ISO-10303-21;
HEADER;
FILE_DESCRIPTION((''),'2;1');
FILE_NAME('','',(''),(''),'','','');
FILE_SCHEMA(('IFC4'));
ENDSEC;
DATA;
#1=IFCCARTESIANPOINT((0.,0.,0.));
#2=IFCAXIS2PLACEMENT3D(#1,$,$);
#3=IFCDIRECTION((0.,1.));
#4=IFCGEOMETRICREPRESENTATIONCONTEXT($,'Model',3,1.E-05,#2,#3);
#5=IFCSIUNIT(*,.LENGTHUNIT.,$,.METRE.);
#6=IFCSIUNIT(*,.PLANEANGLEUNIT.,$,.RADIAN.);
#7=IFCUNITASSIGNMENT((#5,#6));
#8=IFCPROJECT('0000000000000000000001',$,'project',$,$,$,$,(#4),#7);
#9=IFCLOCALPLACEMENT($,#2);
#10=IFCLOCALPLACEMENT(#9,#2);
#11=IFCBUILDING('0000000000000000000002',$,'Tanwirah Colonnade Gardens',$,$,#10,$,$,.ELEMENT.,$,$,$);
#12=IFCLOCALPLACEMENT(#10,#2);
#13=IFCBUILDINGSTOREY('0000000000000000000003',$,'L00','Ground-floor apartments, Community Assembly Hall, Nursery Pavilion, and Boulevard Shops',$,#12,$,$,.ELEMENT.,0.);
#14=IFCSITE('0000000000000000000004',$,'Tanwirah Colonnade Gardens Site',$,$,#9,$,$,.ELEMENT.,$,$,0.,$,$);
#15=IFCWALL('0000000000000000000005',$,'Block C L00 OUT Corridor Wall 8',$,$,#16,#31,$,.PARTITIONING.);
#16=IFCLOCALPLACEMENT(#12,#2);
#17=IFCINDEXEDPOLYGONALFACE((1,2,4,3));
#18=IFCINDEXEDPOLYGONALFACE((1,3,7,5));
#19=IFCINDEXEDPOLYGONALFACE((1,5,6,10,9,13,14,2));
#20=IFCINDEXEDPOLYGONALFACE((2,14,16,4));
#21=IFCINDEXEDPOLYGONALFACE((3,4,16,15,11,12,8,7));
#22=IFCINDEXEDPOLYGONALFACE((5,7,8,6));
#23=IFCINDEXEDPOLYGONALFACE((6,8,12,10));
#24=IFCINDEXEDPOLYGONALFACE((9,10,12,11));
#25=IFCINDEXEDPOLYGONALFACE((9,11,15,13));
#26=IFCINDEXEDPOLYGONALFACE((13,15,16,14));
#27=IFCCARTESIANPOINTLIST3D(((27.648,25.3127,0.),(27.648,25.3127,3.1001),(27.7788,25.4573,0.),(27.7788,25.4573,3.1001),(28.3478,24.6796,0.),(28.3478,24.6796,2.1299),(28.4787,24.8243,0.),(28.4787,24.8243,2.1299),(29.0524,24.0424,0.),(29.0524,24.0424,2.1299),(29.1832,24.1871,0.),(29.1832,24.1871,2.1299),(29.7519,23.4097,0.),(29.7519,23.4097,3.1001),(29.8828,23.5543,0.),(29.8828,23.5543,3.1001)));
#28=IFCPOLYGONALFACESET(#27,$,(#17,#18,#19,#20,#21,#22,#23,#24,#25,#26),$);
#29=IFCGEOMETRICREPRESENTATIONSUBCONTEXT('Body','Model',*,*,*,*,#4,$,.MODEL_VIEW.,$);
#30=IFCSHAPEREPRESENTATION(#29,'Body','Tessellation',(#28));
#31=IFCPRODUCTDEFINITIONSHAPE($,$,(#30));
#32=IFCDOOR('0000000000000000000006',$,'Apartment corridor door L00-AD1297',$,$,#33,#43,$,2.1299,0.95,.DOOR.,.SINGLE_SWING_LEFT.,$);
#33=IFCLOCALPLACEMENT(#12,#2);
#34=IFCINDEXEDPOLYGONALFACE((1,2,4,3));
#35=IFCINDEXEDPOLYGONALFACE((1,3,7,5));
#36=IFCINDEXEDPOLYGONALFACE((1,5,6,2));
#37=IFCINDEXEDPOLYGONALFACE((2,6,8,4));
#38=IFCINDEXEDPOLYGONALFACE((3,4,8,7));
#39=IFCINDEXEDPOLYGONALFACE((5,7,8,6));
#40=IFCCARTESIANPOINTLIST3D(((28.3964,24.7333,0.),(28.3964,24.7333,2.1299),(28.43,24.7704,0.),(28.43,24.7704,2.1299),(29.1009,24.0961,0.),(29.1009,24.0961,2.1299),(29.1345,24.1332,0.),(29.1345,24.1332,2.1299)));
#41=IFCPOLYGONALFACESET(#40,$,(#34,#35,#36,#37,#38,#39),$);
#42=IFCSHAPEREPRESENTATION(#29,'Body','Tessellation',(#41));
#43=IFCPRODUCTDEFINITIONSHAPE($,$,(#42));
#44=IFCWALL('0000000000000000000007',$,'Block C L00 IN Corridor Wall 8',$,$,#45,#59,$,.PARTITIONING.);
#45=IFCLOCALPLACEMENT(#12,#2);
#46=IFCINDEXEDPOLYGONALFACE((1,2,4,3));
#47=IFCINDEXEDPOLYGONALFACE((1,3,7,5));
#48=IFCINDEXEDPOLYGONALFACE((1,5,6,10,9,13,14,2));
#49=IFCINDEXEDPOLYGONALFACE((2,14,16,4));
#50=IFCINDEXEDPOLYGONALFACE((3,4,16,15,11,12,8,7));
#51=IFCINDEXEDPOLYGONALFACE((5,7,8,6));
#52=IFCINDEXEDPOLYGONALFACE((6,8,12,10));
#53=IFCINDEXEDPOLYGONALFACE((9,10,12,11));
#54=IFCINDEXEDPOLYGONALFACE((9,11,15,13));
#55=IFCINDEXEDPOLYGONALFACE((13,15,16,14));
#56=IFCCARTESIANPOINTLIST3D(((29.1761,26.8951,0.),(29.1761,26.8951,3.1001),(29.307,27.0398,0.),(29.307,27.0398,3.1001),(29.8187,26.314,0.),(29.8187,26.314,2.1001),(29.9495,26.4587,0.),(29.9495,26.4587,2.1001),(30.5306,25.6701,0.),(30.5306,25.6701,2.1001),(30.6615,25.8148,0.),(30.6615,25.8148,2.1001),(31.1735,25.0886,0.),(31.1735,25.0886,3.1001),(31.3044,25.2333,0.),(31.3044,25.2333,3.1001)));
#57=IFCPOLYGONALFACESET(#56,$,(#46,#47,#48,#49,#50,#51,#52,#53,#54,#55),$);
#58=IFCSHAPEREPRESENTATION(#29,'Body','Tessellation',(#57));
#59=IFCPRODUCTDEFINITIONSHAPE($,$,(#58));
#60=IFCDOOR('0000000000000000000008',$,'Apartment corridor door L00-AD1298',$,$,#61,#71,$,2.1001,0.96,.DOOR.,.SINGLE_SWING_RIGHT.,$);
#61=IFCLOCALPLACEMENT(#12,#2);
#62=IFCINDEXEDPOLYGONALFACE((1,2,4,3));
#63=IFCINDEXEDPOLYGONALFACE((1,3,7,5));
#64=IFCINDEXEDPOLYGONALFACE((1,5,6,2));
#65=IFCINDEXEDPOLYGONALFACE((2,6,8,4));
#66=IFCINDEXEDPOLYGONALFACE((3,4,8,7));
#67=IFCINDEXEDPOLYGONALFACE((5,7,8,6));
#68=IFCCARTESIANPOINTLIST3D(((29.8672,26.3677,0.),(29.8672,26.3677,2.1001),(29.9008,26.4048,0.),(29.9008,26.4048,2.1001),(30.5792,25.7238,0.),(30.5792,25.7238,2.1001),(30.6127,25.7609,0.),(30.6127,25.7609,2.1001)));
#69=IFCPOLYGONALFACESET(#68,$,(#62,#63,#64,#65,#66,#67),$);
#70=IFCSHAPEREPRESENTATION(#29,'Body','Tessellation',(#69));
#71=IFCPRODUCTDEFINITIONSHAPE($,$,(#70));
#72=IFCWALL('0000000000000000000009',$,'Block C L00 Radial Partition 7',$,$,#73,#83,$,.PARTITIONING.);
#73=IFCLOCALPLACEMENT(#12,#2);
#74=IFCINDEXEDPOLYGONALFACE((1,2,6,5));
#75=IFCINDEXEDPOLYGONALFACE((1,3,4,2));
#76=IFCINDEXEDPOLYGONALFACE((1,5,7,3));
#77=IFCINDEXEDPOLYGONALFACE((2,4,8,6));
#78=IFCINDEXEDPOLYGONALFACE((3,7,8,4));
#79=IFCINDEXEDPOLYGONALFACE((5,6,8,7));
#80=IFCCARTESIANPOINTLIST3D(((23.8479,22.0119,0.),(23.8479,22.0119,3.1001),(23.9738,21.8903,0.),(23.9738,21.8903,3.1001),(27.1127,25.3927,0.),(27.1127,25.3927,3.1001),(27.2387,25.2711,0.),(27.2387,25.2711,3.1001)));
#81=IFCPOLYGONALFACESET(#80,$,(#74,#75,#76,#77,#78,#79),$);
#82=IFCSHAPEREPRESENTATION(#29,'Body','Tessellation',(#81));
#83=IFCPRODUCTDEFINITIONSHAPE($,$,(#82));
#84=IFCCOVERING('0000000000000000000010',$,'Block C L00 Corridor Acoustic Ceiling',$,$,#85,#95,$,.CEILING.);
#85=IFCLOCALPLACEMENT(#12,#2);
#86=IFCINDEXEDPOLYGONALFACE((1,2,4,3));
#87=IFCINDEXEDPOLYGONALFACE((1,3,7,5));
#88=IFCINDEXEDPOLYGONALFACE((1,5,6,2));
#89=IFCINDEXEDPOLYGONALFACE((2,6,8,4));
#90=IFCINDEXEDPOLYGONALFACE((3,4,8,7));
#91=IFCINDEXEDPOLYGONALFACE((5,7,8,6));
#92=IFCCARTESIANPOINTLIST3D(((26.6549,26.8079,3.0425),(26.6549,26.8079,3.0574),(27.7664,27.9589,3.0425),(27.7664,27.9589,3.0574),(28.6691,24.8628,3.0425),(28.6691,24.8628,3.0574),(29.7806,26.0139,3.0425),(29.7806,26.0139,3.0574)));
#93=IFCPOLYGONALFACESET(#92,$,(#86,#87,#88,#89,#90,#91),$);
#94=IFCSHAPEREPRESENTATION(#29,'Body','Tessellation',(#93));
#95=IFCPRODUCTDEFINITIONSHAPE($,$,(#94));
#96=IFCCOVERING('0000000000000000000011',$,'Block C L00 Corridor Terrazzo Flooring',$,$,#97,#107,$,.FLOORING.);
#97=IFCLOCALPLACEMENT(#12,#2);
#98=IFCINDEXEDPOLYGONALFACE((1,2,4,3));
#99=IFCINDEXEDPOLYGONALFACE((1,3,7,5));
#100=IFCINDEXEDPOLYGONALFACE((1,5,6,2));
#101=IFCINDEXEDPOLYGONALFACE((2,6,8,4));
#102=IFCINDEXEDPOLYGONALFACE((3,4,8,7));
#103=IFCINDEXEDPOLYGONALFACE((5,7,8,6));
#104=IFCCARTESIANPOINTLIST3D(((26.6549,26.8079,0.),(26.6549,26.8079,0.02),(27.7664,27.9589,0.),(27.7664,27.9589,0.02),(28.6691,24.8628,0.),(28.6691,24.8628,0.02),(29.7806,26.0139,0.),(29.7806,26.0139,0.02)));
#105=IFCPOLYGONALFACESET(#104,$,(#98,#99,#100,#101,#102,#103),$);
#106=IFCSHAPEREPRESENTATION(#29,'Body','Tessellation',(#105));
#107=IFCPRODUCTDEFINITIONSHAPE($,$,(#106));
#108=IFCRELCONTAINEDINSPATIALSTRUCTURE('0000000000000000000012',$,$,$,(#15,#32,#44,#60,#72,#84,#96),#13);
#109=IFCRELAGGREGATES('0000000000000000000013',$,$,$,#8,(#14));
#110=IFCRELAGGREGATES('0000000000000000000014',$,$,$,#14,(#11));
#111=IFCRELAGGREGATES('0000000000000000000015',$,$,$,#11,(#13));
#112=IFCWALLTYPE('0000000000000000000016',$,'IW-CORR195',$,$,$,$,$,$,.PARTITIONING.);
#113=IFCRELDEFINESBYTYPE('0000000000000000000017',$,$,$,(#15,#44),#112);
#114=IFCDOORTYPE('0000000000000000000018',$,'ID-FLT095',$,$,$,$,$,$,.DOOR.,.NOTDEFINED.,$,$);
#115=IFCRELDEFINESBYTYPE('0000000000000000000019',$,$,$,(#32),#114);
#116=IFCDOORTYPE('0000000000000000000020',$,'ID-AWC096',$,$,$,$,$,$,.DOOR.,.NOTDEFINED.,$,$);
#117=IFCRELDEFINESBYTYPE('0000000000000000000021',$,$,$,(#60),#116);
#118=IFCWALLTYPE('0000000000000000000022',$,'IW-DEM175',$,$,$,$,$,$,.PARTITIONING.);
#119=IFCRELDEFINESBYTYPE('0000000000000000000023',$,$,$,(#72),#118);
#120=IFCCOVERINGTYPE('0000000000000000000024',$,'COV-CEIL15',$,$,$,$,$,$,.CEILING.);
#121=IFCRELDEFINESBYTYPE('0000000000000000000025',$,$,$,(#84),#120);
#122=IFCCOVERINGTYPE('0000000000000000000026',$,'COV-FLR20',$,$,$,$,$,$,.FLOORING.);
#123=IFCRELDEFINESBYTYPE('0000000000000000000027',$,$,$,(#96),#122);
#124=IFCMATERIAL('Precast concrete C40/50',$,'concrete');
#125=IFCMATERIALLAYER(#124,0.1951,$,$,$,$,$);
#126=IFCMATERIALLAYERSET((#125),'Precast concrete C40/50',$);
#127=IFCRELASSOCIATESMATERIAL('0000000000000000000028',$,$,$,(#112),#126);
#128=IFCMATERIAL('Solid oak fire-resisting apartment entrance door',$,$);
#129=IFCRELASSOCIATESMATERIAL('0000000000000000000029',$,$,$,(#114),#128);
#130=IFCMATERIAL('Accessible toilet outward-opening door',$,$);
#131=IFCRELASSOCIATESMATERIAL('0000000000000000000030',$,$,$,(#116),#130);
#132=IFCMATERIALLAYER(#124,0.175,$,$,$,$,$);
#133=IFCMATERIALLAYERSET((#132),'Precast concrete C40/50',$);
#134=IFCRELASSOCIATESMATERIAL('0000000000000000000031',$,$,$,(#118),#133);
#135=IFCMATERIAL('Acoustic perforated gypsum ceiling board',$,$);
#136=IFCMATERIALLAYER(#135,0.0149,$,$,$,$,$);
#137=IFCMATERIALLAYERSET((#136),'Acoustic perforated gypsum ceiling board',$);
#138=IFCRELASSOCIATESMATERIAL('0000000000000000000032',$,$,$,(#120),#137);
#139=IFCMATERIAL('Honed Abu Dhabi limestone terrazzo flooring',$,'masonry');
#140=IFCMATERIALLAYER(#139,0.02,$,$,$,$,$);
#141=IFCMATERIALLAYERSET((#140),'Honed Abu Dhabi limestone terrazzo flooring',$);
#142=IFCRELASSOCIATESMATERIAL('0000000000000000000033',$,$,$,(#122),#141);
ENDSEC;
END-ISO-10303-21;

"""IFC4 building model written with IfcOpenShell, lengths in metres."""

from ifc_helpers import new_model, si_unit, direction, frame, frame_2d, origin, origin_2d, place, context, subcontext, project, spatial, rectangle, extrude, material, layer, layer_set, type_object, element, fill, save


model = new_model("IFC4")

# Units and contexts
model_context = context("Model", 3, precision=1e-05, world=origin(), true_north=direction((0.0, 1.0)))
body_context = subcontext(model_context, "Body", "Model", "MODEL_VIEW")
ifc_project = project(units=[si_unit("LENGTHUNIT", "METRE"), si_unit("PLANEANGLEUNIT", "RADIAN")], contexts=[model_context])

# Site, building, storey
site_placement = place(None, origin())
site = spatial("IfcSite", under=ifc_project, at=site_placement, Name="Tanwirah Colonnade Gardens Site", CompositionType="ELEMENT", RefElevation=0.0)
building_placement = place(site_placement, origin())
building = spatial("IfcBuilding", under=site, at=building_placement, Name="Tanwirah Colonnade Gardens", CompositionType="ELEMENT")
storey_placement = place(building_placement, origin())
storey = spatial("IfcBuildingStorey", under=building, at=storey_placement, Name="L00", Description="Ground-floor apartments, Community Assembly Hall, Nursery Pavilion, and Boulevard Shops", CompositionType="ELEMENT", Elevation=0.0)

# Shared definitions
ifc_material_1 = material(Name="Precast concrete C40/50", Category="concrete")

# Walls, openings, doors
ifc_layer_1 = layer(ifc_material_1, 0.1951)
ifc_layer_set_1 = layer_set([ifc_layer_1], Name="Precast concrete C40/50")
wall_type_1 = type_object("IfcWallType", Name="IW-CORR195", PredefinedType="PARTITIONING", material=ifc_layer_set_1)
ifc_material_2 = material(Name="Solid oak fire-resisting apartment entrance door")
wall_1_placement = place(storey_placement, frame((27.7134, 25.385, 0.0), z_axis=(0.0, 0.0, 1.0), x_axis=(0.741632, -0.670807, 0.0)))
wall_1 = element("IfcWall", 1, at=wall_1_placement, inside=storey, type_object=wall_type_1, Name="Block C L00 OUT Corridor Wall 8", PredefinedType="PARTITIONING", context=body_context, shape_type="SweptSolid", body=[
    extrude(rectangle(XDim=2.8369, YDim=0.1951, at=frame_2d((1.4185, 0.0))), origin(), (0.0, 0.0, 1.0), 3.1001),
])
opening_1_placement = place(wall_1_placement, frame((0.9436, 0.0, 0.0)))
opening_1 = element("IfcOpeningElement", 2, at=opening_1_placement, cuts=wall_1, PredefinedType="OPENING", context=body_context, shape_type="SweptSolid", body=[
    extrude(rectangle(XDim=0.95, YDim=2.1299, at=frame_2d((0.4751, 1.0649))), frame((0.0, 0.1074, 0.0), z_axis=(0.0, -1.0, 0.0), x_axis=(1.0, 0.0, 0.0)), (0.0, 0.0, 1.0), 0.2151),
])
door_type_1 = type_object("IfcDoorType", Name="ID-FLT095", OperationType="NOTDEFINED", PredefinedType="DOOR", material=ifc_material_2)
door_1_placement = place(opening_1_placement, origin())
door_1 = element("IfcDoor", 3, at=door_1_placement, inside=storey, type_object=door_type_1, Name="Apartment corridor door L00-AD1297", OperationType="SINGLE_SWING_LEFT", OverallHeight=2.1299, OverallWidth=0.95, PredefinedType="DOOR", context=body_context, shape_type="SweptSolid", body=[
    extrude(rectangle(XDim=0.95, YDim=2.1299, at=frame_2d((0.4751, 1.0649))), frame((0.0, 0.0249, 0.0), z_axis=(0.0, -1.0, 0.0), x_axis=(1.0, 0.0, 0.0)), (0.0, 0.0, 1.0), 0.05),
])
fill(opening_1, door_1)
wall_2_placement = place(storey_placement, frame((29.2415, 26.9675, 0.0), z_axis=(0.0, 0.0, 1.0), x_axis=(0.741665, -0.670771, 0.0)))
wall_2 = element("IfcWall", 4, at=wall_2_placement, inside=storey, type_object=wall_type_1, Name="Block C L00 IN Corridor Wall 8", PredefinedType="PARTITIONING", context=body_context, shape_type="SweptSolid", body=[
    extrude(rectangle(XDim=2.6931, YDim=0.1951, at=frame_2d((1.3467, 0.0))), origin(), (0.0, 0.0, 1.0), 3.1001),
])
opening_2_placement = place(wall_2_placement, frame((0.8665, 0.0, 0.0)))
opening_2 = element("IfcOpeningElement", 5, at=opening_2_placement, cuts=wall_2, PredefinedType="OPENING", context=body_context, shape_type="SweptSolid", body=[
    extrude(rectangle(XDim=0.96, YDim=2.1001, at=frame_2d((0.48, 1.05))), frame((0.0, 0.1074, 0.0), z_axis=(0.0, -1.0, 0.0), x_axis=(1.0, 0.0, 0.0)), (0.0, 0.0, 1.0), 0.2151),
])
ifc_material_3 = material(Name="Accessible toilet outward-opening door")
door_type_2 = type_object("IfcDoorType", Name="ID-AWC096", OperationType="NOTDEFINED", PredefinedType="DOOR", material=ifc_material_3)
door_2_placement = place(opening_2_placement, origin())
door_2 = element("IfcDoor", 6, at=door_2_placement, inside=storey, type_object=door_type_2, Name="Apartment corridor door L00-AD1298", OperationType="SINGLE_SWING_RIGHT", OverallHeight=2.1001, OverallWidth=0.96, PredefinedType="DOOR", context=body_context, shape_type="SweptSolid", body=[
    extrude(rectangle(XDim=0.96, YDim=2.1001, at=frame_2d((0.48, 1.05))), frame((0.0, 0.0249, 0.0), z_axis=(0.0, -1.0, 0.0), x_axis=(1.0, 0.0, 0.0)), (0.0, 0.0, 1.0), 0.05),
])
fill(opening_2, door_2)

# Wall
ifc_layer_2 = layer(ifc_material_1, 0.175)
ifc_layer_set_2 = layer_set([ifc_layer_2], Name="Precast concrete C40/50")
wall_type_2 = type_object("IfcWallType", Name="IW-DEM175", PredefinedType="PARTITIONING", material=ifc_layer_set_2)
wall_3_placement = place(storey_placement, frame((27.1758, 25.332, 0.0), z_axis=(0.0, 0.0, 1.0), x_axis=(-0.694662, -0.719336, 0.0)))
element("IfcWall", 7, at=wall_3_placement, inside=storey, type_object=wall_type_2, Name="Block C L00 Radial Partition 7", PredefinedType="PARTITIONING", context=body_context, shape_type="SweptSolid", body=[
    extrude(rectangle(XDim=4.7, YDim=0.175, at=frame_2d((2.3501, 0.0))), origin(), (0.0, 0.0, 1.0), 3.1001),
])

# Coverings
ifc_material_4 = material(Name="Acoustic perforated gypsum ceiling board")
ifc_layer_3 = layer(ifc_material_4, 0.0149)
ifc_layer_set_3 = layer_set([ifc_layer_3], Name="Acoustic perforated gypsum ceiling board")
covering_type_1 = type_object("IfcCoveringType", Name="COV-CEIL15", PredefinedType="CEILING", material=ifc_layer_set_3)
covering_1_placement = place(storey_placement, frame((28.2178, 26.4109, 3.0425), z_axis=(0.0, 0.0, 1.0), x_axis=(0.71934, -0.694658, 0.0)))
element("IfcCovering", 8, at=covering_1_placement, inside=storey, type_object=covering_type_1, Name="Block C L00 Corridor Acoustic Ceiling", PredefinedType="CEILING", context=body_context, shape_type="SweptSolid", body=[
    extrude(rectangle(XDim=2.8, YDim=1.6001, at=origin_2d()), origin(), (0.0, 0.0, 1.0), 0.0149),
])
ifc_material_5 = material(Name="Honed Abu Dhabi limestone terrazzo flooring", Category="masonry")
ifc_layer_4 = layer(ifc_material_5, 0.02)
ifc_layer_set_4 = layer_set([ifc_layer_4], Name="Honed Abu Dhabi limestone terrazzo flooring")
covering_type_2 = type_object("IfcCoveringType", Name="COV-FLR20", PredefinedType="FLOORING", material=ifc_layer_set_4)
covering_2_placement = place(storey_placement, frame((28.2178, 26.4109, 0.0), z_axis=(0.0, 0.0, 1.0), x_axis=(0.71934, -0.694658, 0.0)))
element("IfcCovering", 9, at=covering_2_placement, inside=storey, type_object=covering_type_2, Name="Block C L00 Corridor Terrazzo Flooring", PredefinedType="FLOORING", context=body_context, shape_type="SweptSolid", body=[
    extrude(rectangle(XDim=2.8, YDim=1.6001, at=origin_2d()), origin(), (0.0, 0.0, 1.0), 0.02),
])

save(model, "model.ifc")
